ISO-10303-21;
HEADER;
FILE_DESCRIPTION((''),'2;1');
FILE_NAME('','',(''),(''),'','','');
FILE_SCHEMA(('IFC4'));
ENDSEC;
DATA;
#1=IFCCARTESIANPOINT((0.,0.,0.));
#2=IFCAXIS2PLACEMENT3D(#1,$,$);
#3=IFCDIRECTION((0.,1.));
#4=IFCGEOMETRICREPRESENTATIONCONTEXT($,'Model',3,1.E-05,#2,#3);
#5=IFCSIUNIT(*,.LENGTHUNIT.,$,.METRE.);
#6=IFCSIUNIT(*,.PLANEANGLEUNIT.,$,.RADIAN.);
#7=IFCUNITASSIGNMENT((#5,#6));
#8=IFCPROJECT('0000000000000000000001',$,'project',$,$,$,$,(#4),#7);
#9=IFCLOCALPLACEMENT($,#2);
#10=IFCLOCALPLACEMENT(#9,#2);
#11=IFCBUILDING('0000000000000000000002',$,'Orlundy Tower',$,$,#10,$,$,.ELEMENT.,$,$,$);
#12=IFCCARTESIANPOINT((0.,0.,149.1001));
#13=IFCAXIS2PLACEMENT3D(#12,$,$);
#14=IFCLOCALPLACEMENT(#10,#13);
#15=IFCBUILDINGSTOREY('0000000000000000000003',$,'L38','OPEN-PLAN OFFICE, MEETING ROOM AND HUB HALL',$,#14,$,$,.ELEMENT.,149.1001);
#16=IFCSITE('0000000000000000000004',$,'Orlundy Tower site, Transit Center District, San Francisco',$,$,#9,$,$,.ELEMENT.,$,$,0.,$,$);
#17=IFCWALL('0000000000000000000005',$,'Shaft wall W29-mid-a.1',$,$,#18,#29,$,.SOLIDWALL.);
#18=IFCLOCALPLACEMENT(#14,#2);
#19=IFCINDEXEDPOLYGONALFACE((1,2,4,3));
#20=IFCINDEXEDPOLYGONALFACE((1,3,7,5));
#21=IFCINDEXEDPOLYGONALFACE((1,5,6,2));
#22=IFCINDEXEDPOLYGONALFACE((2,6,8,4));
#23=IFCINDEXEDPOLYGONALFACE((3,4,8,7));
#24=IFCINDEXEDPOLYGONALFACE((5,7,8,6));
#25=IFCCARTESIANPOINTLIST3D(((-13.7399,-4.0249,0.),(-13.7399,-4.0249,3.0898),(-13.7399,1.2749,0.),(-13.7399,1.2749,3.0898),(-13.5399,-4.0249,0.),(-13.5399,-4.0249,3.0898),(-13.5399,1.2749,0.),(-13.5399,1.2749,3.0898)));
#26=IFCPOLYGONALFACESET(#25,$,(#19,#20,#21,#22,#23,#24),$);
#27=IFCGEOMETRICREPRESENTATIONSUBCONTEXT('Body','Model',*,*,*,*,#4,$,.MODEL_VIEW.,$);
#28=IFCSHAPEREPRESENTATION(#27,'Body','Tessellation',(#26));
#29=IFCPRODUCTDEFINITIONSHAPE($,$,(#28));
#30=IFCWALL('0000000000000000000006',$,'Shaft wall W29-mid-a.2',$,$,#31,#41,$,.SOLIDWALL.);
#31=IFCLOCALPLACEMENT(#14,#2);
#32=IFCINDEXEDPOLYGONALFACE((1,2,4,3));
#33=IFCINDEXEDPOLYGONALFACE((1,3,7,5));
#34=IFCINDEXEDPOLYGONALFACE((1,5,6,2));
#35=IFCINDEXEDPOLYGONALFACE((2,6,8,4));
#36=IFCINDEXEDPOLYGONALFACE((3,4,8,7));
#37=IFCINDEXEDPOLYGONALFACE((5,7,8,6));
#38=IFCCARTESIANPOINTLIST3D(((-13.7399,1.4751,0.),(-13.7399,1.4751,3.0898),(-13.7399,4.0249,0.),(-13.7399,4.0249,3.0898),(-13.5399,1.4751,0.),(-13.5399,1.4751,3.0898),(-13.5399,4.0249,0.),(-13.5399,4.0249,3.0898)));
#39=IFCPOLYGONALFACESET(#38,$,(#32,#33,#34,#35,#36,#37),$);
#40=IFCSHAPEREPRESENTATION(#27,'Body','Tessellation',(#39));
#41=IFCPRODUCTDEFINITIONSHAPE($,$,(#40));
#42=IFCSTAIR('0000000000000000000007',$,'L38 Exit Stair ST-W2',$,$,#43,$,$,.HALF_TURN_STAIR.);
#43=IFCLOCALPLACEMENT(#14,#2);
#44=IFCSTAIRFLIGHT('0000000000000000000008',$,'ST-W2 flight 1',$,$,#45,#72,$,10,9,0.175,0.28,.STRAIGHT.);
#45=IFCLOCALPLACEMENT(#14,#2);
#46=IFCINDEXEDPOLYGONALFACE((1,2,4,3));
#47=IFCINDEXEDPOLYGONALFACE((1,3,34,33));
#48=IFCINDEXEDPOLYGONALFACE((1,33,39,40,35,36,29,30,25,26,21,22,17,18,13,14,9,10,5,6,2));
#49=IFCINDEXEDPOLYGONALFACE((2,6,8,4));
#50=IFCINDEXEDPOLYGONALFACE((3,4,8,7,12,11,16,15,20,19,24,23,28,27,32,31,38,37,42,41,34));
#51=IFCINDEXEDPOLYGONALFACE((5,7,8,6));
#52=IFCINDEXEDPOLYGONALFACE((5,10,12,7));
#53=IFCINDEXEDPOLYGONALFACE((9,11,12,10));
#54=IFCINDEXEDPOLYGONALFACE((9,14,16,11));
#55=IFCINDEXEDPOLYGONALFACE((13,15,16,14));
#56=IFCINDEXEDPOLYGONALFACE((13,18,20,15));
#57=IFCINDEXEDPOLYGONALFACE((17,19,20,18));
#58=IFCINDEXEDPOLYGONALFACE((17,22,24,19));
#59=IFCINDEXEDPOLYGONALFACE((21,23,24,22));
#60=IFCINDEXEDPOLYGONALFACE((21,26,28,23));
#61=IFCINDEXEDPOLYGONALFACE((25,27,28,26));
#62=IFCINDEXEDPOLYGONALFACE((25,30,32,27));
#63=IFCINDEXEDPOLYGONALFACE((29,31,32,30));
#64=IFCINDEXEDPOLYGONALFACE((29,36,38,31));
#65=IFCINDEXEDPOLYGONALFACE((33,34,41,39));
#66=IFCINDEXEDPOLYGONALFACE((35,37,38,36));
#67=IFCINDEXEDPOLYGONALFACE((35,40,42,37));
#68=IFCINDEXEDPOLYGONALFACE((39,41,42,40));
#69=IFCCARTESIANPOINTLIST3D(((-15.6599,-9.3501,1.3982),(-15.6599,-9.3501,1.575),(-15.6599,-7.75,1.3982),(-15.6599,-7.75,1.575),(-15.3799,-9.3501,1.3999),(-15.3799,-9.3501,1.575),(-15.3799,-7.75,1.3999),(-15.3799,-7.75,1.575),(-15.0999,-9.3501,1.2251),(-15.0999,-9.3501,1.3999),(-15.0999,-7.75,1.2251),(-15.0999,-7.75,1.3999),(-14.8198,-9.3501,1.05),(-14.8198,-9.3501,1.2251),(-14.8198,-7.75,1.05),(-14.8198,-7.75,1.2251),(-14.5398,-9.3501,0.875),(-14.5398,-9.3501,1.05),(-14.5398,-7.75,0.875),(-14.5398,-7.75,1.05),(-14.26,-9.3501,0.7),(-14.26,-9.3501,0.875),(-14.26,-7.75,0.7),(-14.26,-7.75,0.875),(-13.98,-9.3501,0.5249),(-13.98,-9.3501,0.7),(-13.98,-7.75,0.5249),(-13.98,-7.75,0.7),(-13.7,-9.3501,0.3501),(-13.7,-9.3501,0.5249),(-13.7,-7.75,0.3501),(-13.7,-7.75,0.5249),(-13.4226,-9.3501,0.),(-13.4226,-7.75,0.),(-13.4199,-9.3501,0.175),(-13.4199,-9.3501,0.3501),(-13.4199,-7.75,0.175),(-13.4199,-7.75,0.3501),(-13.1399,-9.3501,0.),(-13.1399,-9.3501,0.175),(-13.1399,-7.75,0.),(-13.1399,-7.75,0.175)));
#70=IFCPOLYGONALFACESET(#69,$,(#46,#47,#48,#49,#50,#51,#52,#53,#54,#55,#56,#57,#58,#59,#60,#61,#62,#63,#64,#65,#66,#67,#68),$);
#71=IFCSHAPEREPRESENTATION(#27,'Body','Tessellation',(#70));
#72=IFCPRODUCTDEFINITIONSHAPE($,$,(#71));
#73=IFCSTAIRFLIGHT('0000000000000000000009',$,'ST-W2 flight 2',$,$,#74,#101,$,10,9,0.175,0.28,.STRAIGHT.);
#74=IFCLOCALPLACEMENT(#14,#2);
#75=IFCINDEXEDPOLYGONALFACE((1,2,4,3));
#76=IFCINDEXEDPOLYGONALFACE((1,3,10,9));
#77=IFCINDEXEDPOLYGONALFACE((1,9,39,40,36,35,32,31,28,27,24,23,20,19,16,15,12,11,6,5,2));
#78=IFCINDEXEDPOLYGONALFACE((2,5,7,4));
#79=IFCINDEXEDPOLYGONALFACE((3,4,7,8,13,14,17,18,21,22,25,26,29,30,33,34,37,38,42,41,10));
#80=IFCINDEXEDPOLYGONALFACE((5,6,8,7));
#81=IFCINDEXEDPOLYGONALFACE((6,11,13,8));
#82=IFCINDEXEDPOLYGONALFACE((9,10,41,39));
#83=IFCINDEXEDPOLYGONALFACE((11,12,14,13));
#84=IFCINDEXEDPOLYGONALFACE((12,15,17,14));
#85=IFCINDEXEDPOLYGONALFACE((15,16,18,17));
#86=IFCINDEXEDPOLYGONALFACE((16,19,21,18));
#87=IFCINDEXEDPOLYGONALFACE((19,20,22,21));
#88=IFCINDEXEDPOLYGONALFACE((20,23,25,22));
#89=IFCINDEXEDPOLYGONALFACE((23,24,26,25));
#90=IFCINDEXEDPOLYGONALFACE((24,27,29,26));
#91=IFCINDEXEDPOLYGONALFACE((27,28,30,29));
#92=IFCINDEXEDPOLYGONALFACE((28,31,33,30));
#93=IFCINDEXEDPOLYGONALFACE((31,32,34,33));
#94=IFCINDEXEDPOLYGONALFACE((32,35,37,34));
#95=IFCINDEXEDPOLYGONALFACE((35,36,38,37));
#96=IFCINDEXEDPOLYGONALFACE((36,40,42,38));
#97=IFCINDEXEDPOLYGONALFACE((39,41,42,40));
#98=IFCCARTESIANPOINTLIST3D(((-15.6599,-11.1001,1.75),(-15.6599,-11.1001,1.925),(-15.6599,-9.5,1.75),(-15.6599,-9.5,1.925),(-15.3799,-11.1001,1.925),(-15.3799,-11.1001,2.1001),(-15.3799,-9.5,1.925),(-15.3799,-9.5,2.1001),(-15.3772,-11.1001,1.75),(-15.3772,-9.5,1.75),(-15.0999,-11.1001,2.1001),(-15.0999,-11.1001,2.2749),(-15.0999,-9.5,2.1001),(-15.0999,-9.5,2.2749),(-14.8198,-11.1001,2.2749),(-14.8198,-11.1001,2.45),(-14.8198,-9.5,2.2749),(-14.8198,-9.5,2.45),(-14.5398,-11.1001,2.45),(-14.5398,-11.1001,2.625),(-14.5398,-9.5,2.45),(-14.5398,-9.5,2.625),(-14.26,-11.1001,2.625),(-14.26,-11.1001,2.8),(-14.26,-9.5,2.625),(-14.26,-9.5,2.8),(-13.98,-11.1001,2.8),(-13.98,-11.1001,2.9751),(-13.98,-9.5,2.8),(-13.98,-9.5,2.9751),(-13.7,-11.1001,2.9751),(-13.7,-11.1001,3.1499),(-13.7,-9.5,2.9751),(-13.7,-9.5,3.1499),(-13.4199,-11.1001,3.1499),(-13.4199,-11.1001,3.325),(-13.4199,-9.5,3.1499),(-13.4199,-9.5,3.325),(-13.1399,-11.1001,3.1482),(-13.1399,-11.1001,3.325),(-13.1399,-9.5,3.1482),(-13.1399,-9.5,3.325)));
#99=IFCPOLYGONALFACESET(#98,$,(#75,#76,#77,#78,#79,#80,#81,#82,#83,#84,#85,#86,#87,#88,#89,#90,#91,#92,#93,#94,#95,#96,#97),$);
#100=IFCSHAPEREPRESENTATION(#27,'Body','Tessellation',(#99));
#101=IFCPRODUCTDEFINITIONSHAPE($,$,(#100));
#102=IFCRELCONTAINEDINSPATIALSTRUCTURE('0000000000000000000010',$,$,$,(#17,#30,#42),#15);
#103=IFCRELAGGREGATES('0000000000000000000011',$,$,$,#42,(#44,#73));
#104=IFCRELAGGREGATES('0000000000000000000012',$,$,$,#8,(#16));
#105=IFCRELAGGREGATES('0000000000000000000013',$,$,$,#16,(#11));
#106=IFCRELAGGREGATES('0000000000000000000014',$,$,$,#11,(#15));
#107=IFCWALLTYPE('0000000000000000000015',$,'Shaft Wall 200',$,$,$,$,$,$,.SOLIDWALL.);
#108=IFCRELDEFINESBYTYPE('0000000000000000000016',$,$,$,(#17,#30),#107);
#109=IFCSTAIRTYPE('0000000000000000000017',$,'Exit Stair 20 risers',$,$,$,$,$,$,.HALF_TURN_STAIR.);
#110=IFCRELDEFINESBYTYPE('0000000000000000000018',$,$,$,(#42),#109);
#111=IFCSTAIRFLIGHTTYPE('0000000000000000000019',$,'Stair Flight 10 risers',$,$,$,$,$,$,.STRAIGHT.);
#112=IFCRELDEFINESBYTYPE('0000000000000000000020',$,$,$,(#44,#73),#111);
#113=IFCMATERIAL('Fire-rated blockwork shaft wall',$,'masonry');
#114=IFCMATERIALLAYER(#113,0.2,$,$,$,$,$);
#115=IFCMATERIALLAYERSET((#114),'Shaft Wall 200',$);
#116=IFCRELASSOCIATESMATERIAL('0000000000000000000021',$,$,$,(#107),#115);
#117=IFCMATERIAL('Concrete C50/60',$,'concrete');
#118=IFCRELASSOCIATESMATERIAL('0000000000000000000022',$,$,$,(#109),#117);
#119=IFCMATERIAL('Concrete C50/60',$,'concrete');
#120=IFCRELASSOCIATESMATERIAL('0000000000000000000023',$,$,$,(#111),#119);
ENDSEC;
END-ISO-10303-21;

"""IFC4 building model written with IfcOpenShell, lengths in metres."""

from ifc_helpers import new_model, si_unit, direction, frame, frame_2d, origin, place, context, subcontext, project, spatial, polyline, rectangle, outline, extrude, material, layer, layer_set, type_object, element, aggregate, save


model = new_model("IFC4")

# Units and contexts
model_context = context("Model", 3, precision=1e-05, world=origin(), true_north=direction((0.0, 1.0)))
body_context = subcontext(model_context, "Body", "Model", "MODEL_VIEW")
ifc_project = project(units=[si_unit("LENGTHUNIT", "METRE"), si_unit("PLANEANGLEUNIT", "RADIAN")], contexts=[model_context])

# Site, building, storey
site_placement = place(None, origin())
site = spatial("IfcSite", under=ifc_project, at=site_placement, Name="Orlundy Tower site, Transit Center District, San Francisco", CompositionType="ELEMENT", RefElevation=0.0)
building_placement = place(site_placement, origin())
building = spatial("IfcBuilding", under=site, at=building_placement, Name="Orlundy Tower", CompositionType="ELEMENT")
storey_placement = place(building_placement, frame((0.0, 0.0, 149.1001)))
storey = spatial("IfcBuildingStorey", under=building, at=storey_placement, Name="L38", Description="OPEN-PLAN OFFICE, MEETING ROOM AND HUB HALL", CompositionType="ELEMENT", Elevation=149.1001)

# Shared definitions
ifc_material_1 = material(Name="Fire-rated blockwork shaft wall", Category="masonry")
ifc_layer_1 = layer(ifc_material_1, 0.2)
ifc_layer_set_1 = layer_set([ifc_layer_1], Name="Shaft Wall 200")
wall_type_1 = type_object("IfcWallType", Name="Shaft Wall 200", PredefinedType="SOLIDWALL", material=ifc_layer_set_1)

# Walls
wall_1_placement = place(storey_placement, frame((-13.6399, -4.0249, 0.0), z_axis=(0.0, 0.0, 1.0), x_axis=(0.0, 1.0, 0.0)))
element("IfcWall", 1, at=wall_1_placement, inside=storey, type_object=wall_type_1, Name="Shaft wall W29-mid-a.1", PredefinedType="SOLIDWALL", context=body_context, shape_type="SweptSolid", body=[
    extrude(rectangle(XDim=5.2998, YDim=0.2, at=frame_2d((2.6499, 0.0))), origin(), (0.0, 0.0, 1.0), 3.0898),
])
wall_2_placement = place(storey_placement, frame((-13.6399, 1.4751, 0.0), z_axis=(0.0, 0.0, 1.0), x_axis=(0.0, 1.0, 0.0)))
element("IfcWall", 2, at=wall_2_placement, inside=storey, type_object=wall_type_1, Name="Shaft wall W29-mid-a.2", PredefinedType="SOLIDWALL", context=body_context, shape_type="SweptSolid", body=[
    extrude(rectangle(XDim=2.5498, YDim=0.2, at=frame_2d((1.2749, 0.0))), origin(), (0.0, 0.0, 1.0), 3.0898),
])

# Stair, stair flights
ifc_material_2 = material(Name="Concrete C50/60", Category="concrete")
stair_type = type_object("IfcStairType", Name="Exit Stair 20 risers", PredefinedType="HALF_TURN_STAIR", material=ifc_material_2)
stair_placement = place(storey_placement, origin())
stair = element("IfcStair", 3, at=stair_placement, inside=storey, type_object=stair_type, Name="L38 Exit Stair ST-W2", PredefinedType="HALF_TURN_STAIR")
ifc_material_3 = material(Name="Concrete C50/60", Category="concrete")
stair_flight_type = type_object("IfcStairFlightType", Name="Stair Flight 10 risers", PredefinedType="STRAIGHT", material=ifc_material_3)
stair_flight_1_placement = place(storey_placement, frame((-13.1399, -8.55, 0.0), z_axis=(0.0, 0.0, 1.0), x_axis=(-1.0, 0.0, 0.0)))
stair_flight_1 = element("IfcStairFlight", 4, at=stair_flight_1_placement, type_object=stair_flight_type, Name="ST-W2 flight 1", NumberOfRisers=10, NumberOfTreads=9, PredefinedType="STRAIGHT", RiserHeight=0.175, TreadLength=0.28, context=body_context, shape_type="SweptSolid", body=[
    extrude(outline(polyline([(0.0, 0.0), (0.0, 0.175), (0.28, 0.175), (0.28, 0.3501), (0.5601, 0.3501), (0.5601, 0.5249), (0.8401, 0.5249), (0.8401, 0.7), (1.1201, 0.7), (1.1201, 0.875), (1.3999, 0.875), (1.3999, 1.05), (1.6799, 1.05), (1.6799, 1.2251), (1.96, 1.2251), (1.96, 1.3999), (2.24, 1.3999), (2.24, 1.575), (2.52, 1.575), (2.52, 1.75), (2.52, 1.3982), (0.2827, 0.0), (0.0, 0.0)])), frame((0.0, 0.8, 0.0), z_axis=(0.0, -1.0, 0.0), x_axis=(1.0, 0.0, 0.0)), (0.0, 0.0, 1.0), 1.6001),
])
stair_flight_2_placement = place(storey_placement, frame((-15.6599, -10.3, 1.75), z_axis=(0.0, 0.0, 1.0), x_axis=(1.0, 0.0, 0.0)))
stair_flight_2 = element("IfcStairFlight", 5, at=stair_flight_2_placement, type_object=stair_flight_type, Name="ST-W2 flight 2", NumberOfRisers=10, NumberOfTreads=9, PredefinedType="STRAIGHT", RiserHeight=0.175, TreadLength=0.28, context=body_context, shape_type="SweptSolid", body=[
    extrude(outline(polyline([(0.0, 0.0), (0.0, 0.175), (0.28, 0.175), (0.28, 0.3501), (0.5601, 0.3501), (0.5601, 0.5249), (0.8401, 0.5249), (0.8401, 0.7), (1.1201, 0.7), (1.1201, 0.875), (1.3999, 0.875), (1.3999, 1.05), (1.6799, 1.05), (1.6799, 1.2251), (1.96, 1.2251), (1.96, 1.3999), (2.24, 1.3999), (2.24, 1.575), (2.52, 1.575), (2.52, 1.75), (2.52, 1.3982), (0.2827, 0.0), (0.0, 0.0)])), frame((0.0, 0.8, 0.0), z_axis=(0.0, -1.0, 0.0), x_axis=(1.0, 0.0, 0.0)), (0.0, 0.0, 1.0), 1.6001),
])
aggregate(stair, [stair_flight_1, stair_flight_2])

save(model, "model.ifc")
